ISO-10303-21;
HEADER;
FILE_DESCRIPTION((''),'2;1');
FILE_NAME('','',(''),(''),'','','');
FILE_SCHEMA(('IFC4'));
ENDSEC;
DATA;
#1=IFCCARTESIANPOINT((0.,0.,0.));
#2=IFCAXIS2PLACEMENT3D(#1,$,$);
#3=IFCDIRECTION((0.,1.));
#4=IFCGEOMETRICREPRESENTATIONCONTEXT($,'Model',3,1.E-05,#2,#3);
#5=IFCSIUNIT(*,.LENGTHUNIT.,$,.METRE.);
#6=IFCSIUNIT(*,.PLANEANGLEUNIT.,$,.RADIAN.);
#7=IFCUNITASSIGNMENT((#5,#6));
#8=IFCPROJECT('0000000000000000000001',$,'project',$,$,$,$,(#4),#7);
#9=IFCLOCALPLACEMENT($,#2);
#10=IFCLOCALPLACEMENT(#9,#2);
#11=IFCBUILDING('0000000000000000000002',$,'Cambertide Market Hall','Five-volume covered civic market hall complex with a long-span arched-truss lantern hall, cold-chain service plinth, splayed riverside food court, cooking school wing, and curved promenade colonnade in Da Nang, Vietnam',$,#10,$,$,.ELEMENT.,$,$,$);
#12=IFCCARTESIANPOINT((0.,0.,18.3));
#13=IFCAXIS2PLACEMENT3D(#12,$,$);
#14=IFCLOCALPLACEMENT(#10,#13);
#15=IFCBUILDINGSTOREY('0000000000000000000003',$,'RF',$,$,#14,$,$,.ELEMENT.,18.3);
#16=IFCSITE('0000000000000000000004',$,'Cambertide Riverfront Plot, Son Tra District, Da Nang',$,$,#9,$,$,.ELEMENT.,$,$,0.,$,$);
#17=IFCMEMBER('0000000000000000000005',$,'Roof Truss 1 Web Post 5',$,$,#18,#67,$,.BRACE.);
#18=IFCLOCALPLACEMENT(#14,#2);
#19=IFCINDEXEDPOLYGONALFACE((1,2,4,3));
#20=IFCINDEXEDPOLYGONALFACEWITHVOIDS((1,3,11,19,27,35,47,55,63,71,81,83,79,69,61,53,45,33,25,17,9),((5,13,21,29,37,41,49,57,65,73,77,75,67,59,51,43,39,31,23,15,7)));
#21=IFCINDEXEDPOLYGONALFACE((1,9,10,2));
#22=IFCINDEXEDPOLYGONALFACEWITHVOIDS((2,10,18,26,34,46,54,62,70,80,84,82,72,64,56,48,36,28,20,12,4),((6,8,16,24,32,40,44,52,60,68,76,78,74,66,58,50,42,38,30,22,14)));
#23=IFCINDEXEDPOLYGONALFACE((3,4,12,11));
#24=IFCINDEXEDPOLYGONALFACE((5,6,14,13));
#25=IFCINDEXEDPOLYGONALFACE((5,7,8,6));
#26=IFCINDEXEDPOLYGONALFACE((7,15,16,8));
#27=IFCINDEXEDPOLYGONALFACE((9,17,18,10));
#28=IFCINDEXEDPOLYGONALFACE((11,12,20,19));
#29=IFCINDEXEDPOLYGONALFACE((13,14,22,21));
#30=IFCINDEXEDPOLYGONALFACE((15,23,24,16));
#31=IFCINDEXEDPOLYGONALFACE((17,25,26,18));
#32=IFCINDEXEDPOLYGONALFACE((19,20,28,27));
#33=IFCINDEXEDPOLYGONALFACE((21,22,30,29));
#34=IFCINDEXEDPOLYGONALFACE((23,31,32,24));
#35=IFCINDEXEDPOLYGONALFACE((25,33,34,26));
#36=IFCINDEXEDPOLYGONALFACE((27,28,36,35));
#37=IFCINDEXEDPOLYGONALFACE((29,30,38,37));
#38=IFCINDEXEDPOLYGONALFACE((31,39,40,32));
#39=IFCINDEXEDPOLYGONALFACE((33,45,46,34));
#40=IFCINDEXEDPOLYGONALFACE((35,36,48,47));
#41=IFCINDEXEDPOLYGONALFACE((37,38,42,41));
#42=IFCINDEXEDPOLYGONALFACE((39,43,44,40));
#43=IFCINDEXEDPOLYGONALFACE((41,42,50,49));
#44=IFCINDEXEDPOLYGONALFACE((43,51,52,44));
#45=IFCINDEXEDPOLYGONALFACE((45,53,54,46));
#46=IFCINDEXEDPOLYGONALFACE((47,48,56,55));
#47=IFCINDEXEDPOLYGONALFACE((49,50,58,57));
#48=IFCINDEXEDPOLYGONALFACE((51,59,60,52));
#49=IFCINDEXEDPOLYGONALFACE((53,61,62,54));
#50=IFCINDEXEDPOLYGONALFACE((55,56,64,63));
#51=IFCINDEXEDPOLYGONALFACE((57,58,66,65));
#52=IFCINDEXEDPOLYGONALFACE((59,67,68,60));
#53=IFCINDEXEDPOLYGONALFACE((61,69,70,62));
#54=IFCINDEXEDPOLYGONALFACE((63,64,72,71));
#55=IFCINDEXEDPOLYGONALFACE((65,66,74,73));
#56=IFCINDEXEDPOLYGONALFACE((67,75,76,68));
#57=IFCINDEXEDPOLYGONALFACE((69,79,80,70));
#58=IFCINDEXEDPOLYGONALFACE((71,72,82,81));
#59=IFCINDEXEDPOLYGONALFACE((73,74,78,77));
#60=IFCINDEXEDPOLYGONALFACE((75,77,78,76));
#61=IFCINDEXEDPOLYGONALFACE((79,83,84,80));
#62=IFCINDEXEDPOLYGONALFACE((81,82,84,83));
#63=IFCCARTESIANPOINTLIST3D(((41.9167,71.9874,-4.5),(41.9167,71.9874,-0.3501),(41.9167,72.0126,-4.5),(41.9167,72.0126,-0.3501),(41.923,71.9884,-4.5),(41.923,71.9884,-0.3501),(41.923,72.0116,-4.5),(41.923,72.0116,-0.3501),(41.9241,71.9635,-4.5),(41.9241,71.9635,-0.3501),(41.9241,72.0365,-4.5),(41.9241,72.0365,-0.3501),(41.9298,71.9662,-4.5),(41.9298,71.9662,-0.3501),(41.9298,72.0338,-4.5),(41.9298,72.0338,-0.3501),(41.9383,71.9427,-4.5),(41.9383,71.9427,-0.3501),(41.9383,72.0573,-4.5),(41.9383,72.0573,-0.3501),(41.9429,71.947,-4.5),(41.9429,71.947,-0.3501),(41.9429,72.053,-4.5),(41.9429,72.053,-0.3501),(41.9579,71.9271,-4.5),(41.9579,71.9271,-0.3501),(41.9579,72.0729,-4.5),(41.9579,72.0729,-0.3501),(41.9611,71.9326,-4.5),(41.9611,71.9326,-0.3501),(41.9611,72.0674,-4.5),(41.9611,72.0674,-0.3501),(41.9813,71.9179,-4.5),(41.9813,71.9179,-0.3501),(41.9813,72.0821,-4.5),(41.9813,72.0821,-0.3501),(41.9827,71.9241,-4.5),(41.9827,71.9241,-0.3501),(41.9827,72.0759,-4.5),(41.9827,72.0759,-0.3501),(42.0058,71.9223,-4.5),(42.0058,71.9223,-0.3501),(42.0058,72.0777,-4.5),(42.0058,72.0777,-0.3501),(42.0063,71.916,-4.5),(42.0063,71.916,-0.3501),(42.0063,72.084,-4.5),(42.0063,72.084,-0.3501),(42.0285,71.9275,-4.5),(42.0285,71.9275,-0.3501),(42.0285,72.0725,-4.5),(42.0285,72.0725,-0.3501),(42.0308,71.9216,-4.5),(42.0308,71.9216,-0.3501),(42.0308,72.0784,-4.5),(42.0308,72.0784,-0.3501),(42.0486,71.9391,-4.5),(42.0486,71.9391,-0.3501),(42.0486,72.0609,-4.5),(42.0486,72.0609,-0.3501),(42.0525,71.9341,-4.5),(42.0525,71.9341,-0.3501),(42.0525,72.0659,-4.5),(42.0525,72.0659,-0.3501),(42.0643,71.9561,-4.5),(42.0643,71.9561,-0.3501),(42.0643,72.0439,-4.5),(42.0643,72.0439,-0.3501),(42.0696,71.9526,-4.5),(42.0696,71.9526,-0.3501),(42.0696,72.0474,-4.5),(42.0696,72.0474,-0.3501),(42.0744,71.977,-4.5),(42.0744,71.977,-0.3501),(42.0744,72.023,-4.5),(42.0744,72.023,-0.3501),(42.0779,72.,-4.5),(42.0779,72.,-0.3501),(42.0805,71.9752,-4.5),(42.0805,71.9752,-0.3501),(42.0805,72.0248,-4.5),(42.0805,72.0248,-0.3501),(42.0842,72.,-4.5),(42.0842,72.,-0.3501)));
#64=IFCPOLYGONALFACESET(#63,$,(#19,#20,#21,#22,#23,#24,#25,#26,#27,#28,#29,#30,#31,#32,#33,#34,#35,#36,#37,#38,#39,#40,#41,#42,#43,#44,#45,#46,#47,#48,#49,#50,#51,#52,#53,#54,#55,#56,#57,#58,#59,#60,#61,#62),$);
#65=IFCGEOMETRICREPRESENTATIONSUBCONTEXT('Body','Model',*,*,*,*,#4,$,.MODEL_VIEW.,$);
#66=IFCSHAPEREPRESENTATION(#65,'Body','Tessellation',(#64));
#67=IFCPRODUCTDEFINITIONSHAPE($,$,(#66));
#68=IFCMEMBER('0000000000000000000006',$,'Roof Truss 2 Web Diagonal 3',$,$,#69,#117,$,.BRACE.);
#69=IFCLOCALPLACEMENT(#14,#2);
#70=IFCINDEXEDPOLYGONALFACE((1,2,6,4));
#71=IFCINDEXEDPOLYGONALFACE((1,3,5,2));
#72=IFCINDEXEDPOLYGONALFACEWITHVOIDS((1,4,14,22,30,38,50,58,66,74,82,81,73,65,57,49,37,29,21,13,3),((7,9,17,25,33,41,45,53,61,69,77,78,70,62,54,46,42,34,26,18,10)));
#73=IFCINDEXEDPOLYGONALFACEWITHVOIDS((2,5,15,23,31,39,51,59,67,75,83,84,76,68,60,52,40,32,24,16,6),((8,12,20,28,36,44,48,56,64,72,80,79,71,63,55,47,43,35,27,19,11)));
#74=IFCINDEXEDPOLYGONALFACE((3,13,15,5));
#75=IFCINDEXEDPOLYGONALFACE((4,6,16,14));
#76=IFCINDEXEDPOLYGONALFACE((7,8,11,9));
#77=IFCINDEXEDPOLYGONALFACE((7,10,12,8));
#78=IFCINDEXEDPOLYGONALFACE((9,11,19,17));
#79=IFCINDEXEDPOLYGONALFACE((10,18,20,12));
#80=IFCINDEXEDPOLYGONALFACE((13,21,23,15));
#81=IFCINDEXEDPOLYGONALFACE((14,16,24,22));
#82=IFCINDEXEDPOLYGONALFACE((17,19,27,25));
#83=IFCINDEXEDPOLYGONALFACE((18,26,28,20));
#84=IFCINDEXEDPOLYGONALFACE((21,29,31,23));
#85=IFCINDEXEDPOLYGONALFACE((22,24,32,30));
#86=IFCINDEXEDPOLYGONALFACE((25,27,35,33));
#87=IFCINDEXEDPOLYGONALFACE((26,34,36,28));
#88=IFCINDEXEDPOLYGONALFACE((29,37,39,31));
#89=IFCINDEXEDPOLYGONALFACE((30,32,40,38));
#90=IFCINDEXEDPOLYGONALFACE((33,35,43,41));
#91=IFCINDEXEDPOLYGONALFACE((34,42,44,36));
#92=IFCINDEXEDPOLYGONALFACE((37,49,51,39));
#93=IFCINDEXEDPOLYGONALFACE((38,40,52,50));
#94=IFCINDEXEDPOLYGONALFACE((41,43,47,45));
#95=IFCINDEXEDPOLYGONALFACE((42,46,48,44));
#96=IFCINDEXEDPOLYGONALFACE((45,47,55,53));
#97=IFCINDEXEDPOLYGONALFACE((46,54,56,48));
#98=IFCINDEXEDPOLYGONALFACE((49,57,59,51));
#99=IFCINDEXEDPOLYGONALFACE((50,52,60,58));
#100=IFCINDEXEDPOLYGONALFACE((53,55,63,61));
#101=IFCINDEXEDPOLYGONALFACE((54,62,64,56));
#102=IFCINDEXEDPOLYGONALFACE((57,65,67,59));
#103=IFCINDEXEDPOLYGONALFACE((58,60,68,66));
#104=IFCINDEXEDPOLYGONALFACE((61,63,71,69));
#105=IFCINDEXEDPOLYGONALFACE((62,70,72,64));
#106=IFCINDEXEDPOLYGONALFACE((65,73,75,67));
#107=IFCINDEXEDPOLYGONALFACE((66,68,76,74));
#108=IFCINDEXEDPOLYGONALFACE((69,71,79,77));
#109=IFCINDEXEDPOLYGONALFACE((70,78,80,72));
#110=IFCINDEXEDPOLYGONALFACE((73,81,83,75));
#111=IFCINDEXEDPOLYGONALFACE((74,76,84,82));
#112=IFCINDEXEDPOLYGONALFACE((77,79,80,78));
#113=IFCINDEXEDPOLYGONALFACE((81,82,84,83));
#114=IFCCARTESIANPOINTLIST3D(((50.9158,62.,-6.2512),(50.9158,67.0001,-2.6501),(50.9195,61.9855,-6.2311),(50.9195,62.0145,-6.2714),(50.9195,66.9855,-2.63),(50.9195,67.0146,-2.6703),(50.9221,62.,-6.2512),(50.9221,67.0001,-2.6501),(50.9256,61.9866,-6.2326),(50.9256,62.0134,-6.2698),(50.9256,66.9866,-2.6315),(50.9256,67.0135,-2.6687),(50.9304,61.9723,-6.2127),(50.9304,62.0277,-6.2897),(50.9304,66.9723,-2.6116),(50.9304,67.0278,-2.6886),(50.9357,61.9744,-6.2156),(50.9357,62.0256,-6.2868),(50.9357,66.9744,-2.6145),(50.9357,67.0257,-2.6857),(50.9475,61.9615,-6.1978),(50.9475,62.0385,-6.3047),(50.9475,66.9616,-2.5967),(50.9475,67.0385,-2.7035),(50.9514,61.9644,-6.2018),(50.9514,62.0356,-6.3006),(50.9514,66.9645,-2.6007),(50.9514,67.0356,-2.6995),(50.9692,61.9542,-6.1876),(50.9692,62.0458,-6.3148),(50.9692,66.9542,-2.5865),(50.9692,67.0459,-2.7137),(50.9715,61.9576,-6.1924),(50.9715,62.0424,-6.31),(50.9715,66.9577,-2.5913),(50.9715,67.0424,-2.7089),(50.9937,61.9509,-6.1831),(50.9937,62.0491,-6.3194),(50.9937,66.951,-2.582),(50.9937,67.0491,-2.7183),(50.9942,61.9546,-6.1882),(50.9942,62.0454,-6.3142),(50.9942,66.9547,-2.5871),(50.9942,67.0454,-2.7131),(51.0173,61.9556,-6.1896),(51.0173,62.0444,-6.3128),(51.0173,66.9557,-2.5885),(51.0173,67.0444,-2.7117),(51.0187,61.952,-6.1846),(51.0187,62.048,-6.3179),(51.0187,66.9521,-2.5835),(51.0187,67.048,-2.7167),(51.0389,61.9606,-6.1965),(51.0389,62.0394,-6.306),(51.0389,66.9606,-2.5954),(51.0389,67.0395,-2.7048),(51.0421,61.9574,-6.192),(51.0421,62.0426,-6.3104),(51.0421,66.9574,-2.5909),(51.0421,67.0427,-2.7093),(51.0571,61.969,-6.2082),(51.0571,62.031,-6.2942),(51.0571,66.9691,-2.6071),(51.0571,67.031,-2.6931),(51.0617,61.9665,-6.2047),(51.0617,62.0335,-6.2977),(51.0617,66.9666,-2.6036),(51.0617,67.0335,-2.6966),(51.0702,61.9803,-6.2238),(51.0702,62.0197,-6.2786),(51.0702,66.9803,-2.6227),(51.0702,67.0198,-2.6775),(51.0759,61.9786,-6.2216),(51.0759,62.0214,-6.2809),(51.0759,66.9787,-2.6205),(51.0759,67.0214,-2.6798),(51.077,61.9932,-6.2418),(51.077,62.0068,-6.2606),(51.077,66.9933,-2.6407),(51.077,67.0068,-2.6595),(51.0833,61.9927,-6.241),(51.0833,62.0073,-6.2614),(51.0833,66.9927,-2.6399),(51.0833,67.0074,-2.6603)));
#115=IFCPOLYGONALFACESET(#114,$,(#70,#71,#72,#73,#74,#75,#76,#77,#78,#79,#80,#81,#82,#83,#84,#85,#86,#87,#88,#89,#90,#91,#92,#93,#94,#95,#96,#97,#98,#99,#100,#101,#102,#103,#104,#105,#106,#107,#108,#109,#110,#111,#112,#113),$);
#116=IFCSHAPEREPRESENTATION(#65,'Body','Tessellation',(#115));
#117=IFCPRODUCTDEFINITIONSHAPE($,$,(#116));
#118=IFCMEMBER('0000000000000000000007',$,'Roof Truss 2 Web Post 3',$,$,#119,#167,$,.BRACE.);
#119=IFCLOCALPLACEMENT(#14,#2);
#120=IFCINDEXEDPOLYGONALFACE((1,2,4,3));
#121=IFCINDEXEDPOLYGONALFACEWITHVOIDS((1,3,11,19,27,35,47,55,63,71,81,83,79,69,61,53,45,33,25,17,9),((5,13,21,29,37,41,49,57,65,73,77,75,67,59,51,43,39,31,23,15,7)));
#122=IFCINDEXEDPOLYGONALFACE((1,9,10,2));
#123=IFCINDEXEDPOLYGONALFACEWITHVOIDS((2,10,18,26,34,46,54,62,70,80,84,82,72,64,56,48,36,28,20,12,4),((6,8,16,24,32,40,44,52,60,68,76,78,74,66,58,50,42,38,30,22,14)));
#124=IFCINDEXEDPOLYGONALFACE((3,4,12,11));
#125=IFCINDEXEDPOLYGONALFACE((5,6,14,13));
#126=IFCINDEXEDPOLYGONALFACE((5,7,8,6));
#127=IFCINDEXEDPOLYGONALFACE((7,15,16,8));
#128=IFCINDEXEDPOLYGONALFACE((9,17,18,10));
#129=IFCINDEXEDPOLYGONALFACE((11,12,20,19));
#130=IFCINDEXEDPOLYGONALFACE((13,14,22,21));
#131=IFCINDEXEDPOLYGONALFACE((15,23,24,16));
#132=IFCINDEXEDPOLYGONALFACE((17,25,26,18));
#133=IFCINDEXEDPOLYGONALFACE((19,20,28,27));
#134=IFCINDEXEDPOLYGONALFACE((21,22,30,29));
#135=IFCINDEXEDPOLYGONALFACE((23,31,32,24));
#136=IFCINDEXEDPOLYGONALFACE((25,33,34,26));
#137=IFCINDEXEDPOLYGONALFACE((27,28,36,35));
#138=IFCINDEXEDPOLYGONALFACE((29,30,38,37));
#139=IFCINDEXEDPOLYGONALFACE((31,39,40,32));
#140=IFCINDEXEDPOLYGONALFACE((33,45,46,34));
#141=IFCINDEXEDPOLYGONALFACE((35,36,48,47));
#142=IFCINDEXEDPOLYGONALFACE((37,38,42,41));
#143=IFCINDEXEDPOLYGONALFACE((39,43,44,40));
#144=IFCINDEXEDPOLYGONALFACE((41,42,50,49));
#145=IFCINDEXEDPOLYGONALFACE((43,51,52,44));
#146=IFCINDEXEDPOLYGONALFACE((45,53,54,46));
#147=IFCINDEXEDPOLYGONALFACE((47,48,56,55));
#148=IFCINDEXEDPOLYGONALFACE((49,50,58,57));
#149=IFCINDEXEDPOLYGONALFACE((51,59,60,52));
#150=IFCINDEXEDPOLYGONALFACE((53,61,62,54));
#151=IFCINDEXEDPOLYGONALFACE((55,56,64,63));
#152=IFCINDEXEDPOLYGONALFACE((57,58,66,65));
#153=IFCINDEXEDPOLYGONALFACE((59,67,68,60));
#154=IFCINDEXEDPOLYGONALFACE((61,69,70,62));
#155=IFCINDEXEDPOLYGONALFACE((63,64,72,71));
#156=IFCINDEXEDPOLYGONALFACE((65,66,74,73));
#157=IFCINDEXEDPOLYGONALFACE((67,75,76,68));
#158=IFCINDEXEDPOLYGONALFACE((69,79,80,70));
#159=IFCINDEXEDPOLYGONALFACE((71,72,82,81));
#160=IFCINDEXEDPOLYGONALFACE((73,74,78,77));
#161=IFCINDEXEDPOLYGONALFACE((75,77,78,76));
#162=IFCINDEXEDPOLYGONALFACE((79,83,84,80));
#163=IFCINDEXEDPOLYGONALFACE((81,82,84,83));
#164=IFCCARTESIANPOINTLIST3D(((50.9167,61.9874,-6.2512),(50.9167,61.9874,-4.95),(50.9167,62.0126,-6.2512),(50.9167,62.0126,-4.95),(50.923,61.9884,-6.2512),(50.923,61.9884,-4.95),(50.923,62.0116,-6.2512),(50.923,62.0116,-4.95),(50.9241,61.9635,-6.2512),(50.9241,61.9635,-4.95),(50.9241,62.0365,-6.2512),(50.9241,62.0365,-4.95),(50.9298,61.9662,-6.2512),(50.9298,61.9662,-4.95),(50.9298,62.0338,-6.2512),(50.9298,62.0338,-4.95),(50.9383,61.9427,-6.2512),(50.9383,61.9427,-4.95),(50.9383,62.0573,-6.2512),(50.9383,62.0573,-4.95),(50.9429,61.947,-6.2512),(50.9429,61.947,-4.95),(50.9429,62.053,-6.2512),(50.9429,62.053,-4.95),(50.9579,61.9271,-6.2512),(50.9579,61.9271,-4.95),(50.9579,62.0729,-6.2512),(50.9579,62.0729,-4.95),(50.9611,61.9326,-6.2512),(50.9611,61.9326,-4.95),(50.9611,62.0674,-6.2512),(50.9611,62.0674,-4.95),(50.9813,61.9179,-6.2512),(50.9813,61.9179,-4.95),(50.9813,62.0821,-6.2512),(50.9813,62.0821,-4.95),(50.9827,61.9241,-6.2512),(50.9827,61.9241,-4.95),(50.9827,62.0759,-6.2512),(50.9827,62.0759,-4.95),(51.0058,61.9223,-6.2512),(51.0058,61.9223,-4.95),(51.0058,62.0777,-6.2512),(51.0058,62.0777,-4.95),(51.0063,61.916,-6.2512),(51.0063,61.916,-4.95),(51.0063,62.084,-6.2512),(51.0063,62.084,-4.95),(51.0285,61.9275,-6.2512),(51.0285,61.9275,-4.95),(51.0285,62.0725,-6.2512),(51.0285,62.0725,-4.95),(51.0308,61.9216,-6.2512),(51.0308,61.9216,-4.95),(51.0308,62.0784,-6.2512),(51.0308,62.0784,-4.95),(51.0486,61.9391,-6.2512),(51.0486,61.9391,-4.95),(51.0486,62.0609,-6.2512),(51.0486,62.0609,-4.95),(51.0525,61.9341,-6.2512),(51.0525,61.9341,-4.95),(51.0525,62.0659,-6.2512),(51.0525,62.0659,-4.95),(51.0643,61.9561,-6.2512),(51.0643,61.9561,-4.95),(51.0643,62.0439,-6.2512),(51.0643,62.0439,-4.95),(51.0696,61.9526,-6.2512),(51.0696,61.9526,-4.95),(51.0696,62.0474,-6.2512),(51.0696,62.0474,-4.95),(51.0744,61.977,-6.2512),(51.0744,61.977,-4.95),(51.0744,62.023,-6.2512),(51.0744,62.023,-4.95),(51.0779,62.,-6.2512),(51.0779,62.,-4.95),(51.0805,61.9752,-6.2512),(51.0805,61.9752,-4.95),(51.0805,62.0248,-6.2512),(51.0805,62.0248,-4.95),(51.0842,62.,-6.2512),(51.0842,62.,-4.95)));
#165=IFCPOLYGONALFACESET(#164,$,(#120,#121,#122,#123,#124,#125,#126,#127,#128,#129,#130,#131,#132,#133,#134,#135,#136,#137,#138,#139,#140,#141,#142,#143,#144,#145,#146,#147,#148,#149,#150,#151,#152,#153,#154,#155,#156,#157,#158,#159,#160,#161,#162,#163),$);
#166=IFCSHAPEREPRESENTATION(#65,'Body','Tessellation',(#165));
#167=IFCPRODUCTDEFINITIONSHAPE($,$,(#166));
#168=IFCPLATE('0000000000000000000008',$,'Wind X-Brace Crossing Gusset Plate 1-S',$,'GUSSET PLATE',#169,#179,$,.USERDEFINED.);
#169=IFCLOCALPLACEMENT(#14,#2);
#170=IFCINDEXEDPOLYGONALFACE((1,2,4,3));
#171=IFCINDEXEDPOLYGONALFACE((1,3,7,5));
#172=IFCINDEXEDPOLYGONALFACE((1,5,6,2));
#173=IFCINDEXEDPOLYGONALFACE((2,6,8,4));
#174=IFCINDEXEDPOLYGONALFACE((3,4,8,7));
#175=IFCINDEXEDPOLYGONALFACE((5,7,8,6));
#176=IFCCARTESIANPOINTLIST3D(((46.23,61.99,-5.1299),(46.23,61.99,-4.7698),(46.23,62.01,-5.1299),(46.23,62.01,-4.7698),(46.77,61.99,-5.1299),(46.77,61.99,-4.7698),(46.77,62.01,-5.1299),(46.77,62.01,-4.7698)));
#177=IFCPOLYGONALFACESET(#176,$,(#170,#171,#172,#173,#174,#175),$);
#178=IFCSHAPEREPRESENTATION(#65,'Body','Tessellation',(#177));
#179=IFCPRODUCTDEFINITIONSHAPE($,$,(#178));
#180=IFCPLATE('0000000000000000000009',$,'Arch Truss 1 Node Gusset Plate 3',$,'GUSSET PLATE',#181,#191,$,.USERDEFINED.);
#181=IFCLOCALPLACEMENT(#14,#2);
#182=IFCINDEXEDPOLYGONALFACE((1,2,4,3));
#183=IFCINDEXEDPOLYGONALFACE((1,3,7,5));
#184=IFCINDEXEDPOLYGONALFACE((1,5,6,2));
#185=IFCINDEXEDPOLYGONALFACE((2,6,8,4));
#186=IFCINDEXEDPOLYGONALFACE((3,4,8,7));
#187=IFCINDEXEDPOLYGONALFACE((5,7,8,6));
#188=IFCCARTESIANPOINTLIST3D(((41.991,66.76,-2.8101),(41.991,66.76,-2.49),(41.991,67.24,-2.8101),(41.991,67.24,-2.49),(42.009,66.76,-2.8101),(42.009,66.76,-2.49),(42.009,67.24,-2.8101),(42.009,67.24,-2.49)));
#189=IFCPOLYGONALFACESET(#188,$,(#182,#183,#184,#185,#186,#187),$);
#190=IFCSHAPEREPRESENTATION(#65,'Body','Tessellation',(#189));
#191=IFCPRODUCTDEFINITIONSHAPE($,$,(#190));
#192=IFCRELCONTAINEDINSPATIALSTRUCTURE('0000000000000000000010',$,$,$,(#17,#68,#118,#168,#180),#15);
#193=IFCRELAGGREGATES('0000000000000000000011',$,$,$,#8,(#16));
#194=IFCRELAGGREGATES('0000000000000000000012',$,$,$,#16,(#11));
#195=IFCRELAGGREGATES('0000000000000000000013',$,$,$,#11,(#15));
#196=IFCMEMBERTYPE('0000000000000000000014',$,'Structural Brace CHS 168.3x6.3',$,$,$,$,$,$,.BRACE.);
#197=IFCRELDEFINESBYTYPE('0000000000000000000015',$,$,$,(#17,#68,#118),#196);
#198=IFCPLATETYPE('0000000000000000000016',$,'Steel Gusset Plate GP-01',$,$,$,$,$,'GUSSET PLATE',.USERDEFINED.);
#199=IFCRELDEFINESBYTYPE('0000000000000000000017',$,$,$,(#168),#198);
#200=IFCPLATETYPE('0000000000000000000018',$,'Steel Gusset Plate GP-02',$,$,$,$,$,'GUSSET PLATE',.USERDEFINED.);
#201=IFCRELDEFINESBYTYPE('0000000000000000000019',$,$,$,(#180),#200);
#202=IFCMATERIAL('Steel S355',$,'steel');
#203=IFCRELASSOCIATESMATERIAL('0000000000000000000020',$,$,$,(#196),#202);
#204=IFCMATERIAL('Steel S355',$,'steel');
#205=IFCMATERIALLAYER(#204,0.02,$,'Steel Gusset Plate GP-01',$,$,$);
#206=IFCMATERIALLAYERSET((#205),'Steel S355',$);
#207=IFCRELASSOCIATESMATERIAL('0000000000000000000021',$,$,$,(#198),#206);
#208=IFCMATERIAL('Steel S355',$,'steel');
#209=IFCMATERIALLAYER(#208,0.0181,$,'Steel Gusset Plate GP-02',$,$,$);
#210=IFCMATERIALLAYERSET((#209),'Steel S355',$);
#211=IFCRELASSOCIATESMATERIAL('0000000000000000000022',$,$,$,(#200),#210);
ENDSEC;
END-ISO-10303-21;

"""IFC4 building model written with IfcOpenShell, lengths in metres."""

from ifc_helpers import new_model, si_unit, direction, frame, origin, origin_2d, place, context, subcontext, project, spatial, rectangle, hollow_circle, extrude, material, layer, layer_set, material_profile, profile_set, type_object, element, save


model = new_model("IFC4")

# Units and contexts
model_context = context("Model", 3, precision=1e-05, world=origin(), true_north=direction((0.0, 1.0)))
body_context = subcontext(model_context, "Body", "Model", "MODEL_VIEW")
ifc_project = project(units=[si_unit("LENGTHUNIT", "METRE"), si_unit("PLANEANGLEUNIT", "RADIAN")], contexts=[model_context])

# Site, building, storey
site_placement = place(None, origin())
site = spatial("IfcSite", under=ifc_project, at=site_placement, Name="Cambertide Riverfront Plot, Son Tra District, Da Nang", CompositionType="ELEMENT", RefElevation=0.0)
building_placement = place(site_placement, origin())
building = spatial("IfcBuilding", under=site, at=building_placement, Name="Cambertide Market Hall", Description="Five-volume covered civic market hall complex with a long-span arched-truss lantern hall, cold-chain service plinth, splayed riverside food court, cooking school wing, and curved promenade colonnade in Da Nang, Vietnam", CompositionType="ELEMENT")
storey_placement = place(building_placement, frame((0.0, 0.0, 18.3)))
storey = spatial("IfcBuildingStorey", under=building, at=storey_placement, Name="RF", CompositionType="ELEMENT", Elevation=18.3)

# Members
ifc_material_1 = material(Name="Steel S355", Category="steel")
ifc_material_profile_1 = material_profile(ifc_material_1, hollow_circle(Radius=0.0842, WallThickness=0.0063, at=origin_2d()), Name="CHS 168.3x6.3")
ifc_profile_set_1 = profile_set([ifc_material_profile_1], Name="Steel S355")
member_type_1 = type_object("IfcMemberType", Name="Structural Brace CHS 168.3x6.3", PredefinedType="BRACE", material=ifc_profile_set_1)
member_1_placement = place(storey_placement, frame((42.0, 72.0, -4.5), z_axis=(0.0, 0.0, 1.0), x_axis=(1.0, 0.0, 0.0)))
element("IfcMember", 1, at=member_1_placement, inside=storey, type_object=member_type_1, Name="Roof Truss 1 Web Post 5", PredefinedType="BRACE", context=body_context, shape_type="SweptSolid", body=[
    extrude(hollow_circle(Radius=0.0842, WallThickness=0.0063, at=origin_2d()), origin(), (0.0, 0.0, 1.0), 4.1499),
])
member_2_placement = place(storey_placement, frame((51.0, 62.0, -6.2512), z_axis=(0.0, 0.811452, 0.58442), x_axis=(-1.0, 0.0, 0.0)))
element("IfcMember", 2, at=member_2_placement, inside=storey, type_object=member_type_1, Name="Roof Truss 2 Web Diagonal 3", PredefinedType="BRACE", context=body_context, shape_type="SweptSolid", body=[
    extrude(hollow_circle(Radius=0.0842, WallThickness=0.0063, at=origin_2d()), origin(), (0.0, 0.0, 1.0), 6.1619),
])
member_3_placement = place(storey_placement, frame((51.0, 62.0, -6.2512), z_axis=(0.0, 0.0, 1.0), x_axis=(1.0, 0.0, 0.0)))
element("IfcMember", 3, at=member_3_placement, inside=storey, type_object=member_type_1, Name="Roof Truss 2 Web Post 3", PredefinedType="BRACE", context=body_context, shape_type="SweptSolid", body=[
    extrude(hollow_circle(Radius=0.0842, WallThickness=0.0063, at=origin_2d()), origin(), (0.0, 0.0, 1.0), 1.3013),
])

# Plates
ifc_material_2 = material(Name="Steel S355", Category="steel")
ifc_layer_1 = layer(ifc_material_2, 0.02, Name="Steel Gusset Plate GP-01")
ifc_layer_set_1 = layer_set([ifc_layer_1], Name="Steel S355")
plate_type_1 = type_object("IfcPlateType", Name="Steel Gusset Plate GP-01", ElementType="GUSSET PLATE", PredefinedType="USERDEFINED", material=ifc_layer_set_1)
plate_1_placement = place(storey_placement, frame((46.5, 62.0, -5.1299), z_axis=(0.0, 0.0, 1.0), x_axis=(1.0, 0.0, 0.0)))
element("IfcPlate", 4, at=plate_1_placement, inside=storey, type_object=plate_type_1, Name="Wind X-Brace Crossing Gusset Plate 1-S", ObjectType="GUSSET PLATE", PredefinedType="USERDEFINED", context=body_context, shape_type="SweptSolid", body=[
    extrude(rectangle(XDim=0.54, YDim=0.02, at=origin_2d()), origin(), (0.0, 0.0, 1.0), 0.3601),
])
ifc_material_3 = material(Name="Steel S355", Category="steel")
ifc_layer_2 = layer(ifc_material_3, 0.0181, Name="Steel Gusset Plate GP-02")
ifc_layer_set_2 = layer_set([ifc_layer_2], Name="Steel S355")
plate_type_2 = type_object("IfcPlateType", Name="Steel Gusset Plate GP-02", ElementType="GUSSET PLATE", PredefinedType="USERDEFINED", material=ifc_layer_set_2)
for number, where, z_axis, x_axis, name in (
    (5, (42.0, 67.0, -2.8101), (0.0, 0.0, 1.0), (1.0, 0.0, 0.0), "Arch Truss 1 Node Gusset Plate 3"),
):
    element("IfcPlate", number, at=place(storey_placement, frame(where, z_axis=z_axis, x_axis=x_axis)), inside=storey, type_object=plate_type_2, Name=name, ObjectType="GUSSET PLATE", PredefinedType="USERDEFINED", context=body_context, shape_type="SweptSolid", body=[
        extrude(rectangle(XDim=0.0181, YDim=0.48, at=origin_2d()), origin(), (0.0, 0.0, 1.0), 0.3201),
    ])

save(model, "model.ifc")
